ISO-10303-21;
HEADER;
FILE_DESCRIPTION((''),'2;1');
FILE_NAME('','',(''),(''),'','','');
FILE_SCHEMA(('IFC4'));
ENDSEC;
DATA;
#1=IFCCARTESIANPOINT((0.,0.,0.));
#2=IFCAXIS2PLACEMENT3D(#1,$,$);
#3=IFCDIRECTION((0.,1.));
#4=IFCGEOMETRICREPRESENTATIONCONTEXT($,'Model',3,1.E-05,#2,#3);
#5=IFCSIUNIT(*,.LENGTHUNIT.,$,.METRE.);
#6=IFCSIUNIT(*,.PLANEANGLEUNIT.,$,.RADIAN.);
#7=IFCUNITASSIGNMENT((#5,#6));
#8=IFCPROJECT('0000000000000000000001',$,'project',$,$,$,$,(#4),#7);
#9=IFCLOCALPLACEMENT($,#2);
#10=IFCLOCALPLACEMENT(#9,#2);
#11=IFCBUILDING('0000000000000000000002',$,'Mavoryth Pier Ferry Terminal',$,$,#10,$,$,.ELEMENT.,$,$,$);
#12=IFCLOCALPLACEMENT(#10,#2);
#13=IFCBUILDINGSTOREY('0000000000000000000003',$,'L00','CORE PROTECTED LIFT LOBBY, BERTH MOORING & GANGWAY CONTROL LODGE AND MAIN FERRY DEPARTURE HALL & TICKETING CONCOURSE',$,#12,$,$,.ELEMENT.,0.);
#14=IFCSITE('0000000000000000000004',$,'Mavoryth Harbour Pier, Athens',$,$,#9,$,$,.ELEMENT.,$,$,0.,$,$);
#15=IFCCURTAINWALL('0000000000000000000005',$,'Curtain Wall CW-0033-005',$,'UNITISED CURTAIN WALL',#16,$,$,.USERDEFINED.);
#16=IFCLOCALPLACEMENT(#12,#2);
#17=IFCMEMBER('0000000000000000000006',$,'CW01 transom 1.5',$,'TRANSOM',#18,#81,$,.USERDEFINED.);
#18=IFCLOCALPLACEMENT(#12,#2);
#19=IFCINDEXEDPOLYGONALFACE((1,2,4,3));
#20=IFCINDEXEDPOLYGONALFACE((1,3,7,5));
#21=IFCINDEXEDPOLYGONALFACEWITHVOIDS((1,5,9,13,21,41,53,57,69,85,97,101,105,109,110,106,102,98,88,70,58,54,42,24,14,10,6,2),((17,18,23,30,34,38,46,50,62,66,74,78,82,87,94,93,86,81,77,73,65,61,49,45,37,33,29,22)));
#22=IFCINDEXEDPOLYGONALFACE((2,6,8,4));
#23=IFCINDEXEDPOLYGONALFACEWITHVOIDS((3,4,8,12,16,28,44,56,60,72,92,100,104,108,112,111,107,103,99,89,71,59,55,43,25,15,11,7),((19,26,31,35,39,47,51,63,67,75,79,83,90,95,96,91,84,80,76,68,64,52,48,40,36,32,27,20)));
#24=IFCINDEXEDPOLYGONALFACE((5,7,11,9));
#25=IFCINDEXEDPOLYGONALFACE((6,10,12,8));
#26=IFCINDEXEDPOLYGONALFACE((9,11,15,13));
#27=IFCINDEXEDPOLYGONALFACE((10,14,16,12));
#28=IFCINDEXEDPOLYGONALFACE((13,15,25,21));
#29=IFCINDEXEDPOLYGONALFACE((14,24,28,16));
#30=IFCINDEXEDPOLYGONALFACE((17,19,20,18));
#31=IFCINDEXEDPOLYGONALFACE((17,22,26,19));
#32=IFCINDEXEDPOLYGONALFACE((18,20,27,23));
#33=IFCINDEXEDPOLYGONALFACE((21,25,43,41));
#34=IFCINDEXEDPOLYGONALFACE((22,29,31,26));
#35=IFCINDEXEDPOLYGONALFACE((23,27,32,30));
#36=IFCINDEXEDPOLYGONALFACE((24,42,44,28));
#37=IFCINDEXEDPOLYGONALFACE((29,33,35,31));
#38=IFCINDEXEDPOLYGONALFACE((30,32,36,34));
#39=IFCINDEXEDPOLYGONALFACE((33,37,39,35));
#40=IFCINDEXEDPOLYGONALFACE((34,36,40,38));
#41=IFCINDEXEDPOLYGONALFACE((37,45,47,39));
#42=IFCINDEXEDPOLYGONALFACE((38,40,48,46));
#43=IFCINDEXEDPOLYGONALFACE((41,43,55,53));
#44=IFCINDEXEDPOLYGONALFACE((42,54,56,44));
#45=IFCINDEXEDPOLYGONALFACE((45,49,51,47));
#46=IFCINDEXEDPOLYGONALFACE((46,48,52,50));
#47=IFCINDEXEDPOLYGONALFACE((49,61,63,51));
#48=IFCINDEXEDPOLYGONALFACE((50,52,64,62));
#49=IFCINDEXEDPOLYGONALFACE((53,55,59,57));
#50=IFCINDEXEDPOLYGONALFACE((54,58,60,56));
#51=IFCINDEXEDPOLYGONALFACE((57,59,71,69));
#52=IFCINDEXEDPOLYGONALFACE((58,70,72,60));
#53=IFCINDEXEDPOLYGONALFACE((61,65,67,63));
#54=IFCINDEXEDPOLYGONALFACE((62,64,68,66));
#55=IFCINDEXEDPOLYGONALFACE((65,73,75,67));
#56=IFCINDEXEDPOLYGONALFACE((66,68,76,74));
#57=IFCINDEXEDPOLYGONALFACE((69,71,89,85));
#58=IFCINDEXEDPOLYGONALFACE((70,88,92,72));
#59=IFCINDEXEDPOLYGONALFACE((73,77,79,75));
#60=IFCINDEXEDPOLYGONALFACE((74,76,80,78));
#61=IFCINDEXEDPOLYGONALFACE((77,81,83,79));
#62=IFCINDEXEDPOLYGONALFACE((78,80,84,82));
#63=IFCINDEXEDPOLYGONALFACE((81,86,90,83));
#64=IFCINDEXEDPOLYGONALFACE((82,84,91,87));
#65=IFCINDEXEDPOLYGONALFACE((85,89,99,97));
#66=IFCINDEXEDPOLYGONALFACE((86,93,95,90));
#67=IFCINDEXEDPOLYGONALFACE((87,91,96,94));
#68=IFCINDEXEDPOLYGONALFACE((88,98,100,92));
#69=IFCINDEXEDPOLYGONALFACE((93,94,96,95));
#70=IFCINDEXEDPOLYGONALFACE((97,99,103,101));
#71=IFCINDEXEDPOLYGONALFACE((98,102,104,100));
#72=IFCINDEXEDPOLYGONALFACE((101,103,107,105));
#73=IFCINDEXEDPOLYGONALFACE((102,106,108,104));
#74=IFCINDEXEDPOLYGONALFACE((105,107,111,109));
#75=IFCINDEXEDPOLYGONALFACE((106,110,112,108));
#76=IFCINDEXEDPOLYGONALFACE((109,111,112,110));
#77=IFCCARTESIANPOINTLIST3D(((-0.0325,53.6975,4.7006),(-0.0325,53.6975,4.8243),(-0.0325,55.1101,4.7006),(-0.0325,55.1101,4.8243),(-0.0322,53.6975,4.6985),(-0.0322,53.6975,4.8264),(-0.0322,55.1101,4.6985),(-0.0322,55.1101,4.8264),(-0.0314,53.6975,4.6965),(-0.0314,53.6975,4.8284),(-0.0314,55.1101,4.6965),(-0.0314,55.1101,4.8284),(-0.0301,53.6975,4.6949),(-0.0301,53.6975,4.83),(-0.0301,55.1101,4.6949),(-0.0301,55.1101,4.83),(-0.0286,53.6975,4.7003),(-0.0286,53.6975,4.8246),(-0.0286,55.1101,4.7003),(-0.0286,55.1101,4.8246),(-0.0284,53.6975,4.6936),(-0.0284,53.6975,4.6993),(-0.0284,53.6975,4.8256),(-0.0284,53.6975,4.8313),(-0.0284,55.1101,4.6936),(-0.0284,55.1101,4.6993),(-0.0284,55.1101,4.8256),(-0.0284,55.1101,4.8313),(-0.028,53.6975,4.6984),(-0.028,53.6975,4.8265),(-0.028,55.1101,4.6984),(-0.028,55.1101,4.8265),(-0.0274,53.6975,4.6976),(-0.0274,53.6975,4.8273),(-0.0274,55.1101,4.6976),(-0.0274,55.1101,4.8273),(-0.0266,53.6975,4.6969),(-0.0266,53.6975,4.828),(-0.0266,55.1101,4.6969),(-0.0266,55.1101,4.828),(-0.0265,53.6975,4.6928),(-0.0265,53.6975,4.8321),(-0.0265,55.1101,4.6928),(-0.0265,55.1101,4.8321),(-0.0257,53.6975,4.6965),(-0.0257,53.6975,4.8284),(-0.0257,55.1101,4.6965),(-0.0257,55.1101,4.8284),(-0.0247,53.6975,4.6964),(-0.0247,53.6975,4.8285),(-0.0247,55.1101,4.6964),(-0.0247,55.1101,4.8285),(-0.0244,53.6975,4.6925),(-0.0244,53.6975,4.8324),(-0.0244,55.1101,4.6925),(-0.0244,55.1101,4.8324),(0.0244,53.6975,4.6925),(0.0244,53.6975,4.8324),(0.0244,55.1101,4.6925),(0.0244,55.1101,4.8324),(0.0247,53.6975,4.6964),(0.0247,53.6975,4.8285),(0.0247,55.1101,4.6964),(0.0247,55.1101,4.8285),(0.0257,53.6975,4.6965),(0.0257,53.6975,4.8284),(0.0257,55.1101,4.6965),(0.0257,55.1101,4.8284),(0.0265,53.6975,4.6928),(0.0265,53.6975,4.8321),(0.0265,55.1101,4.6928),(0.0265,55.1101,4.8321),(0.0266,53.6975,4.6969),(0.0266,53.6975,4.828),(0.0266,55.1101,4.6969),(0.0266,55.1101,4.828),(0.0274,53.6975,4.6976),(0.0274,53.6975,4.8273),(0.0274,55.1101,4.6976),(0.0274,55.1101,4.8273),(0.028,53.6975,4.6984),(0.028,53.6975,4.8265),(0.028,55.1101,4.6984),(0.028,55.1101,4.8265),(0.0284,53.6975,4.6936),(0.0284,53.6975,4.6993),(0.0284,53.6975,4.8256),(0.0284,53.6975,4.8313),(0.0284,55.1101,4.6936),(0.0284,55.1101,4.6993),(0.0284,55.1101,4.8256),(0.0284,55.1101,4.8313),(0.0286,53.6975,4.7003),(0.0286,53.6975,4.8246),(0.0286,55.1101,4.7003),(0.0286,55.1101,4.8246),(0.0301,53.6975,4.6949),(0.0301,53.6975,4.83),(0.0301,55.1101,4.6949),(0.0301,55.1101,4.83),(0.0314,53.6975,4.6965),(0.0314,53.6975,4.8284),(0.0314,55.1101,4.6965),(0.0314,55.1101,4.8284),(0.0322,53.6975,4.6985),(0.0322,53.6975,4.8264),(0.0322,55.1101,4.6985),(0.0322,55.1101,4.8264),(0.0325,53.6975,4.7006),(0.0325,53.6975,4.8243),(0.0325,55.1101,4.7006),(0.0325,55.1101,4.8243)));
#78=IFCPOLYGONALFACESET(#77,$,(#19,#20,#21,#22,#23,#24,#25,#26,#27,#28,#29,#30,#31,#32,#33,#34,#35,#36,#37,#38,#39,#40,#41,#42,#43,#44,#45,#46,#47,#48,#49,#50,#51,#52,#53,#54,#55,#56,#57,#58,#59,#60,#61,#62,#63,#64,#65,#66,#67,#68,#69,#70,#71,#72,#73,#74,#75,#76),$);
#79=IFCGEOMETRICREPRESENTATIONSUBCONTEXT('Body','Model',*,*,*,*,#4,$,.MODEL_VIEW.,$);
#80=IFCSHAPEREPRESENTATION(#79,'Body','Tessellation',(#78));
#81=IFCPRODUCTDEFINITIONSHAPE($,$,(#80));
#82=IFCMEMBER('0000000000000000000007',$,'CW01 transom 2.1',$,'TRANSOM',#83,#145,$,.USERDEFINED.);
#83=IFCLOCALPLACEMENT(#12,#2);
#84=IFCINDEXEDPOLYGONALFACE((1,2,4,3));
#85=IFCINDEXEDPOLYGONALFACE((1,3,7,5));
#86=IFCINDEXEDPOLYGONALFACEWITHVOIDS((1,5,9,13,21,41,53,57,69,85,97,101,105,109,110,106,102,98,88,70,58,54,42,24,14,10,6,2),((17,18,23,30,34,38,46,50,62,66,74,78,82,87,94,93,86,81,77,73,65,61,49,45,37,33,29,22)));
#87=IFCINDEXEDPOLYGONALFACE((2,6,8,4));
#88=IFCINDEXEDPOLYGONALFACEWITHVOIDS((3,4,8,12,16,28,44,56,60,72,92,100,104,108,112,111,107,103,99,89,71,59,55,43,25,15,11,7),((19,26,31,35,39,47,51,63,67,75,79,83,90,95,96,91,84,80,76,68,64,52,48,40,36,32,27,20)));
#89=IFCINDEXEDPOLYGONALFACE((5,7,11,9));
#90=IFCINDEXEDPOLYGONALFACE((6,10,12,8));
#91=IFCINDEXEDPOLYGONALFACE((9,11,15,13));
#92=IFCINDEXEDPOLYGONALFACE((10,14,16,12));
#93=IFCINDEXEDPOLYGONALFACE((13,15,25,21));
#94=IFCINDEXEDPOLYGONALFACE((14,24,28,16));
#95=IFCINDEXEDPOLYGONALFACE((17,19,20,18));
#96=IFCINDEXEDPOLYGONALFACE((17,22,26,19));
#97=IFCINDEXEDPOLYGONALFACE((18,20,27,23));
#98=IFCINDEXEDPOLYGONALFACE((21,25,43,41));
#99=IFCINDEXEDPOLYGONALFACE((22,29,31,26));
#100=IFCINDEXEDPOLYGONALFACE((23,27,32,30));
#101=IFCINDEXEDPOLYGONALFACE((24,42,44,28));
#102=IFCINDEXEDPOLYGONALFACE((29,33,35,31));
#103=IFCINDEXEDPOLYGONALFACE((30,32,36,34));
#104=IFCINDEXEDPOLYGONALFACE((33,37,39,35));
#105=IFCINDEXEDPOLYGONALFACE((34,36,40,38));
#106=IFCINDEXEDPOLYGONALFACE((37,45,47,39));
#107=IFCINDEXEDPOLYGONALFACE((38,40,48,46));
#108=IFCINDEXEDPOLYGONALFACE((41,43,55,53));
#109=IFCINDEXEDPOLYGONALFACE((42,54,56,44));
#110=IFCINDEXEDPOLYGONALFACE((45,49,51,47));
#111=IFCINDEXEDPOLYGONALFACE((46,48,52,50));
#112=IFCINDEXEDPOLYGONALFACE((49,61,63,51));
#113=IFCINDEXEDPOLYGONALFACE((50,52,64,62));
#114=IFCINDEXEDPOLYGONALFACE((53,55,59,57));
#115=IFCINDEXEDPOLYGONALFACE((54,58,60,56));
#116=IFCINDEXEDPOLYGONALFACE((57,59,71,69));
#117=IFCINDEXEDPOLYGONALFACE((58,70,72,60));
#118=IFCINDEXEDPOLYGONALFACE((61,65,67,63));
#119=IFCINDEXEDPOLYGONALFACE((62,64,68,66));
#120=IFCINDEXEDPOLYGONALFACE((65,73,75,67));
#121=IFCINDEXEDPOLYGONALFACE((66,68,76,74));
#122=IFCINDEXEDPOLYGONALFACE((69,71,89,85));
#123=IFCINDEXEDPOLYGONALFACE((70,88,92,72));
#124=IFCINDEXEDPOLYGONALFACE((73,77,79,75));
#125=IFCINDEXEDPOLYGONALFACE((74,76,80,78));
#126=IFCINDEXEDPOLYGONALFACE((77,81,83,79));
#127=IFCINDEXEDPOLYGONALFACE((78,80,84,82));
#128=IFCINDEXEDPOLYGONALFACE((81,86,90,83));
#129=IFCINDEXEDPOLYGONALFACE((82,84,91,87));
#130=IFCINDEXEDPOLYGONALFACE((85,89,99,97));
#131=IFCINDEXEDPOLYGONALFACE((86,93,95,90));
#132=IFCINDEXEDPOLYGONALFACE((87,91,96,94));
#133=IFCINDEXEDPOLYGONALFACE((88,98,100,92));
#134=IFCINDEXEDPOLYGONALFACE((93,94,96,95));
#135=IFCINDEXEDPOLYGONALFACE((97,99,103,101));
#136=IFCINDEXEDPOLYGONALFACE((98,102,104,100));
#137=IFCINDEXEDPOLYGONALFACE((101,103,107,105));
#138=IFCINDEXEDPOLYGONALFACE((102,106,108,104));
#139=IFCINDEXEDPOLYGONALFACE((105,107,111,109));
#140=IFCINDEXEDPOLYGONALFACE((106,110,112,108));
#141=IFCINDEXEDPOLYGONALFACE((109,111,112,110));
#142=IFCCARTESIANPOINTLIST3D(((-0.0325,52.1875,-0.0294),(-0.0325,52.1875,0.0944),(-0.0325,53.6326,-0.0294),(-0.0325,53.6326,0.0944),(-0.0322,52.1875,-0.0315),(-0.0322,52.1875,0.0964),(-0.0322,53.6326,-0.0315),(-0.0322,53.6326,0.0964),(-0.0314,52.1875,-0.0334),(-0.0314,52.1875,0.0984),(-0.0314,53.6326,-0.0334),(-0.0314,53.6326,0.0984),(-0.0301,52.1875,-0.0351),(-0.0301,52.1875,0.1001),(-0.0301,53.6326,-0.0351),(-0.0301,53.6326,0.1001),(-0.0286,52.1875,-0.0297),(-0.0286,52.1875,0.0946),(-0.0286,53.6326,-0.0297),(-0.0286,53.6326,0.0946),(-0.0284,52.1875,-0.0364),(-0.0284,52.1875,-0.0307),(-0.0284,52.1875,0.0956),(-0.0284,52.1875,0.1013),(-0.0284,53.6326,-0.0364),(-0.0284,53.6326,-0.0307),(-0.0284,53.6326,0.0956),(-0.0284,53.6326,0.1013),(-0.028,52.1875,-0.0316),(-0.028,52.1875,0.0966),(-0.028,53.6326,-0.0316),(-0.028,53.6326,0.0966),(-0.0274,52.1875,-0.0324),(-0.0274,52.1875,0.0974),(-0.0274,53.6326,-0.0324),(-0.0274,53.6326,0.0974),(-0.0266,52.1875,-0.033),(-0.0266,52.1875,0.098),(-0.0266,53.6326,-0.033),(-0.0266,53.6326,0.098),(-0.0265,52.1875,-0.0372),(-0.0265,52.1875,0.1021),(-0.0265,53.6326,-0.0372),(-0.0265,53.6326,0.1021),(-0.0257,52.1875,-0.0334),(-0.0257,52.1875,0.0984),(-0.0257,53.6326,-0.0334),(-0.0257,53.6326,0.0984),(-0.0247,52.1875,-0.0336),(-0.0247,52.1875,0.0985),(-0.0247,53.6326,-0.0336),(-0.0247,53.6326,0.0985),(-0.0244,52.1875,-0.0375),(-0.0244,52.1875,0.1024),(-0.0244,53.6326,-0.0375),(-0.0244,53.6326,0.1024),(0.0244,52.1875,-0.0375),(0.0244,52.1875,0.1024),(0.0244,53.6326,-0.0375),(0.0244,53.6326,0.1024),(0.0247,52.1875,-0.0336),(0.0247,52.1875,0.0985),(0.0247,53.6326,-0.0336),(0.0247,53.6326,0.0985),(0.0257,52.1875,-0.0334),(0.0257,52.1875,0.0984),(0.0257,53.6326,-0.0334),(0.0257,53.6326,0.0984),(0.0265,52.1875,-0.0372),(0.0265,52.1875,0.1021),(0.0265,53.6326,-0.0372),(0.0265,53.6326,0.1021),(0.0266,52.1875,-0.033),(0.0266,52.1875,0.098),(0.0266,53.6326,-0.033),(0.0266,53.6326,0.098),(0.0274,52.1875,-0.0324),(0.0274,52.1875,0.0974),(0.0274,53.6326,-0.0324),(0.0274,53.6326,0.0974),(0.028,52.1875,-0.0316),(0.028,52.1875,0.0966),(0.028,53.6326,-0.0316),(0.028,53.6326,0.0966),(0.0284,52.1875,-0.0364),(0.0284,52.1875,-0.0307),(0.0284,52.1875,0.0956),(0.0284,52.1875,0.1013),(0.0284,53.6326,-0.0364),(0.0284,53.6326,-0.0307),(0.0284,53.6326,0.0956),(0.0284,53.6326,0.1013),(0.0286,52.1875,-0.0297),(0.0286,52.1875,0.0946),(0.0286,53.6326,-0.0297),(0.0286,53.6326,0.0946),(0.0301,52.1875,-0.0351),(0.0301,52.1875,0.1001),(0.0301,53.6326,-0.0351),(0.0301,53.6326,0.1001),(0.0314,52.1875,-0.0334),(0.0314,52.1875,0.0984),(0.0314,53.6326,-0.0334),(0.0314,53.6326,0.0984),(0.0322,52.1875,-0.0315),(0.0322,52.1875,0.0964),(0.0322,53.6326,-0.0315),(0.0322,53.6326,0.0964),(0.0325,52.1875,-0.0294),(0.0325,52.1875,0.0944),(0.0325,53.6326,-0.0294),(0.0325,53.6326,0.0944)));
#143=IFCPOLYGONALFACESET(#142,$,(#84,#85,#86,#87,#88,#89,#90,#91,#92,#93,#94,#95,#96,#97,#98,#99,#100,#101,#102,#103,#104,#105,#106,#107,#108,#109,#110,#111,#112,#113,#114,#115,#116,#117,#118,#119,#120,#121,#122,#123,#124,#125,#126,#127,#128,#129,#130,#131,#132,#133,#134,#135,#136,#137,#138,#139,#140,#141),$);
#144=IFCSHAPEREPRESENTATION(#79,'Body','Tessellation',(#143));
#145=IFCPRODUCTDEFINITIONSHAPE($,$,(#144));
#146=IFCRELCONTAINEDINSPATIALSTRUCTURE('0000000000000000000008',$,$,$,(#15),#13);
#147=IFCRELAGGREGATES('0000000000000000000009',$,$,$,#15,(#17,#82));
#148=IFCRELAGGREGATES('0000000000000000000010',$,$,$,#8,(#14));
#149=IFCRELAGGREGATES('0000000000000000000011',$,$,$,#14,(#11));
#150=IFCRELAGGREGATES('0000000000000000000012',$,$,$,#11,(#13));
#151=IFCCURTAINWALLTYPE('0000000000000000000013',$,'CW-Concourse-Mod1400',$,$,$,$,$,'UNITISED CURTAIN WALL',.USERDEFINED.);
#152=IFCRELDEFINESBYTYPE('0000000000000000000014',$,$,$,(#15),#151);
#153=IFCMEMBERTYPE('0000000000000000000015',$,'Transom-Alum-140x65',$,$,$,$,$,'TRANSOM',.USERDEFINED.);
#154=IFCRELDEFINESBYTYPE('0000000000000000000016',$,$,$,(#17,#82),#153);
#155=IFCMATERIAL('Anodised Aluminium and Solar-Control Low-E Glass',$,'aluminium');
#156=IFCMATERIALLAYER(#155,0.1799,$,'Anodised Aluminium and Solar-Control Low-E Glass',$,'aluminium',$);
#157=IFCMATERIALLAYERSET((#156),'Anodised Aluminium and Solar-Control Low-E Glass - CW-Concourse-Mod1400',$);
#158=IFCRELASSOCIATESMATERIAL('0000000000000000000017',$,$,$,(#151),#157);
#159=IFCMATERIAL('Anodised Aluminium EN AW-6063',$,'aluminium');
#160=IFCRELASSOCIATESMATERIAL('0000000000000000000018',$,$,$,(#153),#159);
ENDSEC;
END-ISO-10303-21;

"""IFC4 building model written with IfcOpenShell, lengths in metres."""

from ifc_helpers import new_model, si_unit, direction, frame, origin, origin_2d, place, context, subcontext, project, spatial, hollow_rectangle, extrude, material, layer, layer_set, material_profile, profile_set, type_object, element, aggregate, save


model = new_model("IFC4")

# Units and contexts
model_context = context("Model", 3, precision=1e-05, world=origin(), true_north=direction((0.0, 1.0)))
body_context = subcontext(model_context, "Body", "Model", "MODEL_VIEW")
ifc_project = project(units=[si_unit("LENGTHUNIT", "METRE"), si_unit("PLANEANGLEUNIT", "RADIAN")], contexts=[model_context])

# Site, building, storey
site_placement = place(None, origin())
site = spatial("IfcSite", under=ifc_project, at=site_placement, Name="Mavoryth Harbour Pier, Athens", CompositionType="ELEMENT", RefElevation=0.0)
building_placement = place(site_placement, origin())
building = spatial("IfcBuilding", under=site, at=building_placement, Name="Mavoryth Pier Ferry Terminal", CompositionType="ELEMENT")
storey_placement = place(building_placement, origin())
storey = spatial("IfcBuildingStorey", under=building, at=storey_placement, Name="L00", Description="CORE PROTECTED LIFT LOBBY, BERTH MOORING & GANGWAY CONTROL LODGE AND MAIN FERRY DEPARTURE HALL & TICKETING CONCOURSE", CompositionType="ELEMENT", Elevation=0.0)

# Curtain wall, members
ifc_material_1 = material(Name="Anodised Aluminium and Solar-Control Low-E Glass", Category="aluminium")
ifc_layer_1 = layer(ifc_material_1, 0.1799, Name="Anodised Aluminium and Solar-Control Low-E Glass", Category="aluminium")
ifc_layer_set_1 = layer_set([ifc_layer_1], Name="Anodised Aluminium and Solar-Control Low-E Glass - CW-Concourse-Mod1400")
curtain_wall_type = type_object("IfcCurtainWallType", Name="CW-Concourse-Mod1400", ElementType="UNITISED CURTAIN WALL", PredefinedType="USERDEFINED", material=ifc_layer_set_1)
curtain_wall_placement = place(storey_placement, origin())
curtain_wall = element("IfcCurtainWall", 1, at=curtain_wall_placement, inside=storey, type_object=curtain_wall_type, Name="Curtain Wall CW-0033-005", ObjectType="UNITISED CURTAIN WALL", PredefinedType="USERDEFINED")
ifc_material_2 = material(Name="Anodised Aluminium EN AW-6063", Category="aluminium")
ifc_material_profile_1 = material_profile(ifc_material_2, hollow_rectangle(XDim=0.0649, YDim=0.1399, WallThickness=0.0039, InnerFilletRadius=0.0039, OuterFilletRadius=0.0081, at=origin_2d()), Name="AL-TRAN 140x65x4", Category="aluminium")
ifc_profile_set_1 = profile_set([ifc_material_profile_1], Name="Anodised Aluminium EN AW-6063 - AL-TRAN 140x65x4")
member_type_1 = type_object("IfcMemberType", Name="Transom-Alum-140x65", ElementType="TRANSOM", PredefinedType="USERDEFINED", material=ifc_profile_set_1)
member_1_placement = place(storey_placement, frame((0.0, 55.1101, 4.7625), z_axis=(0.0, -1.0, 0.0), x_axis=(1.0, 0.0, 0.0)))
member_1 = element("IfcMember", 2, at=member_1_placement, type_object=member_type_1, Name="CW01 transom 1.5", ObjectType="TRANSOM", PredefinedType="USERDEFINED", context=body_context, shape_type="SweptSolid", body=[
    extrude(hollow_rectangle(XDim=0.0649, YDim=0.1399, WallThickness=0.0039, InnerFilletRadius=0.0039, OuterFilletRadius=0.0081, at=origin_2d()), origin(), (0.0, 0.0, 1.0), 1.4126),
])
member_2_placement = place(storey_placement, frame((0.0, 53.6326, 0.0325), z_axis=(0.0, -1.0, 0.0), x_axis=(1.0, 0.0, 0.0)))
member_2 = element("IfcMember", 3, at=member_2_placement, type_object=member_type_1, Name="CW01 transom 2.1", ObjectType="TRANSOM", PredefinedType="USERDEFINED", context=body_context, shape_type="SweptSolid", body=[
    extrude(hollow_rectangle(XDim=0.0649, YDim=0.1399, WallThickness=0.0039, InnerFilletRadius=0.0039, OuterFilletRadius=0.0081, at=origin_2d()), origin(), (0.0, 0.0, 1.0), 1.4451),
])
aggregate(curtain_wall, [member_1, member_2])

save(model, "model.ifc")
